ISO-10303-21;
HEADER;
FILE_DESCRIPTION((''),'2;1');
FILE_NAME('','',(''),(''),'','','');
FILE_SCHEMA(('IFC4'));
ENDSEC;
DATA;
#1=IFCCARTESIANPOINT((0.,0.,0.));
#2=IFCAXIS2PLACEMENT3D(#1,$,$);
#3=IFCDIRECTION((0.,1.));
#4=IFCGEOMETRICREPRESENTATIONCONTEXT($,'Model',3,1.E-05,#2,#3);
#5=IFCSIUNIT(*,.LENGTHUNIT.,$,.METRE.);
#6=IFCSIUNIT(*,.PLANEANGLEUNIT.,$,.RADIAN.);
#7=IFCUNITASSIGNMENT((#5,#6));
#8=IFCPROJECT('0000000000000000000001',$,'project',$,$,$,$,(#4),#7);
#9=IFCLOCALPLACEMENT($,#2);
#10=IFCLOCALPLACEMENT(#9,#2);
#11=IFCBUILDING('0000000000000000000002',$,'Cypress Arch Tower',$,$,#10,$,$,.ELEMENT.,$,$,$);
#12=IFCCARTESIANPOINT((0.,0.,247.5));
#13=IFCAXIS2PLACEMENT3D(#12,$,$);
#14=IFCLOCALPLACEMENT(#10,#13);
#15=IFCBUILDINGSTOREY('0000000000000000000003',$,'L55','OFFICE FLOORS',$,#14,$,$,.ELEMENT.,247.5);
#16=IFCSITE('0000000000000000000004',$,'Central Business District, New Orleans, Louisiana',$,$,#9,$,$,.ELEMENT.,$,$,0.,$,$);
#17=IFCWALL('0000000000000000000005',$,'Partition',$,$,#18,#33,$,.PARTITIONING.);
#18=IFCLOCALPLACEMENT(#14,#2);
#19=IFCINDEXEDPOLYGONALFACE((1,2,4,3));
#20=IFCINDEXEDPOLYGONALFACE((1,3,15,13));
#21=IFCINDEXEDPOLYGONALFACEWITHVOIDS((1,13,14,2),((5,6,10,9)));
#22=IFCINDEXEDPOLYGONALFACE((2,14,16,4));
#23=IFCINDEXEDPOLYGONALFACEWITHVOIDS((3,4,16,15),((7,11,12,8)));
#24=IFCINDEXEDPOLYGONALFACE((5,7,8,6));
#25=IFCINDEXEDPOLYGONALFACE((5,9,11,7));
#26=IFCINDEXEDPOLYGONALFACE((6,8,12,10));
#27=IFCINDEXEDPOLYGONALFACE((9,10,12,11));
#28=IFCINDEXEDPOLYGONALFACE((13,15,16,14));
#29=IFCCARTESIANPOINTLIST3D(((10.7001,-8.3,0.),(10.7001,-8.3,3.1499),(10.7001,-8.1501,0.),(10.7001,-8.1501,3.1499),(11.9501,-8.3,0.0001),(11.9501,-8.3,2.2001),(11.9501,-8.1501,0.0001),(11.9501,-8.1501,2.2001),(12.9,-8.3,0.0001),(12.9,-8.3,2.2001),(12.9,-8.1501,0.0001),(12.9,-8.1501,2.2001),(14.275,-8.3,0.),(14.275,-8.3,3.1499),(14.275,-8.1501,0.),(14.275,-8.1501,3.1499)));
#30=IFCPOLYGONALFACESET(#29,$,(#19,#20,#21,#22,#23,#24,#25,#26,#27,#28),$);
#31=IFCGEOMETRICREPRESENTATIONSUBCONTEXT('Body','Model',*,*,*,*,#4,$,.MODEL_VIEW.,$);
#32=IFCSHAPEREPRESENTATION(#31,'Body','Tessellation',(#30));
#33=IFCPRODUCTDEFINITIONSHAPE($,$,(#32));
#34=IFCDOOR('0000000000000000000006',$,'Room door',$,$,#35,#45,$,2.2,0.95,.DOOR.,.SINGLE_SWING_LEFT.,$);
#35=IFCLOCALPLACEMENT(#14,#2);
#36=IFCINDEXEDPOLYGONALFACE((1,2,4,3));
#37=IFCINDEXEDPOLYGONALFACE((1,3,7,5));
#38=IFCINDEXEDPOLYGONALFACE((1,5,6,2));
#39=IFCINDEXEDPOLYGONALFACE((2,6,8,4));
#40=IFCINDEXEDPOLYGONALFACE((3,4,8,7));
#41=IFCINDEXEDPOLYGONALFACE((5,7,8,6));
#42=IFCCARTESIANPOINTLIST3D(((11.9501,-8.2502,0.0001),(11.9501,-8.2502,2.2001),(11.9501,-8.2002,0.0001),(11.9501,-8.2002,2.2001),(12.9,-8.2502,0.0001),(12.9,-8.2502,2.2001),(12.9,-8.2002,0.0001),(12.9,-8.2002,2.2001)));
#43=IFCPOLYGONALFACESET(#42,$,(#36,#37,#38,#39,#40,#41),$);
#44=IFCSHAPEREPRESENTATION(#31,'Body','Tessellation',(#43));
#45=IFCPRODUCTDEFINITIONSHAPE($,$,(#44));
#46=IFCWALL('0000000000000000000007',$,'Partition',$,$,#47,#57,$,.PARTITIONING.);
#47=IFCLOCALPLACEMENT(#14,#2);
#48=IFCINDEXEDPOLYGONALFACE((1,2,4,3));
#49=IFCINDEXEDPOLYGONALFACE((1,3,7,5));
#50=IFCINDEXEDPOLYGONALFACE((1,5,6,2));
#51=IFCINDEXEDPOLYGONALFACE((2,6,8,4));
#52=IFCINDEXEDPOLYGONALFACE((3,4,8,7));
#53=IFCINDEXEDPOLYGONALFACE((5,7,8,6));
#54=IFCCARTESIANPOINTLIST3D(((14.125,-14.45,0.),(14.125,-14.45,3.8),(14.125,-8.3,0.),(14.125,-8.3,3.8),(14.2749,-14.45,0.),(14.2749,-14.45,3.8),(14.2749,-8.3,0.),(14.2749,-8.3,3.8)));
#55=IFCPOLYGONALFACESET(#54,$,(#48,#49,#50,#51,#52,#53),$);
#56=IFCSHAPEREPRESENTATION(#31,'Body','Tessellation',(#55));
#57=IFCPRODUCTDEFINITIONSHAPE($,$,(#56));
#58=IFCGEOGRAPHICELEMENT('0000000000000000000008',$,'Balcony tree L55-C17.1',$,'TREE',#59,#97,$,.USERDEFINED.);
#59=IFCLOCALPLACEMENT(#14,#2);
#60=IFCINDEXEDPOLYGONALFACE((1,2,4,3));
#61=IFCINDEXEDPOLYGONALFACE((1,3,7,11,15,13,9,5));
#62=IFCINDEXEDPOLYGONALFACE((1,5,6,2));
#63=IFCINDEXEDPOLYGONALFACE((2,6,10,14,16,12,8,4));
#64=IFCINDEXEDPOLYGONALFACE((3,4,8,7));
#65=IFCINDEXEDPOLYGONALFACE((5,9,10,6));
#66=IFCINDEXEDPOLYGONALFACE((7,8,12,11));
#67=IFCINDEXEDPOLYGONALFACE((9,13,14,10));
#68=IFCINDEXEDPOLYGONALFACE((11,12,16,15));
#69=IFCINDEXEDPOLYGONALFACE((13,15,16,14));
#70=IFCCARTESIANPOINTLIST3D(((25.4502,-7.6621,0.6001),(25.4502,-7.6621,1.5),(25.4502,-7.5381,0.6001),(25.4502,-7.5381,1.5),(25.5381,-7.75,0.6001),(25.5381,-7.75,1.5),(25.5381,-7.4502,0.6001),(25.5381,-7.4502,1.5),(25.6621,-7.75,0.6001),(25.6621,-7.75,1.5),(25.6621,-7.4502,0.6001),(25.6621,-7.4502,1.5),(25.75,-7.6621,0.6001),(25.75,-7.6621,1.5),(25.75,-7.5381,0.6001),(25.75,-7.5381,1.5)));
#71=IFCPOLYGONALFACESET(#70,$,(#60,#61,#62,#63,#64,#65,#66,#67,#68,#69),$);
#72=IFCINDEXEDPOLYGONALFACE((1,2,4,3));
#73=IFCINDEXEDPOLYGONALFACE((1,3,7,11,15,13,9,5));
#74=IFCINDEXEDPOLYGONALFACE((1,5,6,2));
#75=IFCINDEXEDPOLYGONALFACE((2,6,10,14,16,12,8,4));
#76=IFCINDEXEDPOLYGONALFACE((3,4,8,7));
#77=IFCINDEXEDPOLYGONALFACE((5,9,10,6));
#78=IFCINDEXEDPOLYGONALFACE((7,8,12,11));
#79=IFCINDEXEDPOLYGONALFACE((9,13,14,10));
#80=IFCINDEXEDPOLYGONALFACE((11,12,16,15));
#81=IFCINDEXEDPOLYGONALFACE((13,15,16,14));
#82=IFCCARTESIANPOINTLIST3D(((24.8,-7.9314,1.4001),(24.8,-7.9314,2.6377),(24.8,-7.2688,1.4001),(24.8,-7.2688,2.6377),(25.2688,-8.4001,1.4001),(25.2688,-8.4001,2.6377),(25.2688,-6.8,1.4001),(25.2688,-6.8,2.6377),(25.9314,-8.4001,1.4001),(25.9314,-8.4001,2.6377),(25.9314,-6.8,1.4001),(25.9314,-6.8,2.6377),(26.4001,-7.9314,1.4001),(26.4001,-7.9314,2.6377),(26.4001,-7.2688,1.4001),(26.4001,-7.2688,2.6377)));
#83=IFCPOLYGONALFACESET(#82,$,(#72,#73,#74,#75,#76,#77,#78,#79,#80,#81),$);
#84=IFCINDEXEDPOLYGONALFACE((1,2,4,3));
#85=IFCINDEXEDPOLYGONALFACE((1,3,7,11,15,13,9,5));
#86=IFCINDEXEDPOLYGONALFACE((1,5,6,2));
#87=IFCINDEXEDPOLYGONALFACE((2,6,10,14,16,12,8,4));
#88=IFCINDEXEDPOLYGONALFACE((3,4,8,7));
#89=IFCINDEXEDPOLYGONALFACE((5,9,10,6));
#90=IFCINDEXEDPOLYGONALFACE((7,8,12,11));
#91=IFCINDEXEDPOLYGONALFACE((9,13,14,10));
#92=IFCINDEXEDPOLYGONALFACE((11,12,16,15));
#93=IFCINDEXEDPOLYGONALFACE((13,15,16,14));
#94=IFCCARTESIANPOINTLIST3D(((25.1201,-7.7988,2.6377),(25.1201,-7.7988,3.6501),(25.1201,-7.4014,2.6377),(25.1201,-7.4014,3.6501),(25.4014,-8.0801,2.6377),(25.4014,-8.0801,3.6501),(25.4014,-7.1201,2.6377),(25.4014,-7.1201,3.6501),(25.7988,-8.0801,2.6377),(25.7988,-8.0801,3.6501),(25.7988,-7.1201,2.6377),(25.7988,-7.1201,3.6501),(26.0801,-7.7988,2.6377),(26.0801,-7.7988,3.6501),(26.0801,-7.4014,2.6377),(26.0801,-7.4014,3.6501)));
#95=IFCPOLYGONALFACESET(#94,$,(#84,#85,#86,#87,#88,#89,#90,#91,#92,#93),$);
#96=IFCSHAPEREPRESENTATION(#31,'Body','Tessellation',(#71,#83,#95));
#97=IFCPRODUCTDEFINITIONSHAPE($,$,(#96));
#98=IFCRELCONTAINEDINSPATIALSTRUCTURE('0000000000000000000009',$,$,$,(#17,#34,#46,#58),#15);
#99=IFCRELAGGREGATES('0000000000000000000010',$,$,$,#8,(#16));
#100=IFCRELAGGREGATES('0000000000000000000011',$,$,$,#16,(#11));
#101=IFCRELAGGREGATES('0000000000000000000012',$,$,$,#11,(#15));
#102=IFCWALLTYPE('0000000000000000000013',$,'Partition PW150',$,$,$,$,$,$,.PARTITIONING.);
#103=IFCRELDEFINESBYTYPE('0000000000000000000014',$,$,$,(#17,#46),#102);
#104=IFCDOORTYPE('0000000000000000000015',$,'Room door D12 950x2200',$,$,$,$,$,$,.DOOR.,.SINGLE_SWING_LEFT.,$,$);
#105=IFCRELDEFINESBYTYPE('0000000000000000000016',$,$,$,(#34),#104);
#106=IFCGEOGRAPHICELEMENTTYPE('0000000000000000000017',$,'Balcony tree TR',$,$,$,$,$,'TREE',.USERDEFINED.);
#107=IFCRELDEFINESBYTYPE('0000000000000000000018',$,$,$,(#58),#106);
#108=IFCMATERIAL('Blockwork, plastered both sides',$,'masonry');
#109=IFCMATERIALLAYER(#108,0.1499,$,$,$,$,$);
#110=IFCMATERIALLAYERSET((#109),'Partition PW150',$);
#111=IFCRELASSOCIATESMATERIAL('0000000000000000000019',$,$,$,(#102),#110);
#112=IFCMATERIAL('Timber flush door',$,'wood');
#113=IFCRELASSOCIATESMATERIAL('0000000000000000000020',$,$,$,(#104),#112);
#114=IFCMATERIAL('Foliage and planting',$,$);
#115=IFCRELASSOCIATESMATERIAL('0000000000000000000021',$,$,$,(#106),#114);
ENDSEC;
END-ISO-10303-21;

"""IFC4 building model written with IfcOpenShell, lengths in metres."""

from ifc_helpers import new_model, si_unit, direction, frame, frame_2d, origin, place, context, subcontext, project, spatial, polyline, rectangle, outline, extrude, material, layer, layer_set, type_object, element, fill, save


model = new_model("IFC4")

# Units and contexts
model_context = context("Model", 3, precision=1e-05, world=origin(), true_north=direction((0.0, 1.0)))
body_context = subcontext(model_context, "Body", "Model", "MODEL_VIEW")
ifc_project = project(units=[si_unit("LENGTHUNIT", "METRE"), si_unit("PLANEANGLEUNIT", "RADIAN")], contexts=[model_context])

# Site, building, storey
site_placement = place(None, origin())
site = spatial("IfcSite", under=ifc_project, at=site_placement, Name="Central Business District, New Orleans, Louisiana", CompositionType="ELEMENT", RefElevation=0.0)
building_placement = place(site_placement, origin())
building = spatial("IfcBuilding", under=site, at=building_placement, Name="Cypress Arch Tower", CompositionType="ELEMENT")
storey_placement = place(building_placement, frame((0.0, 0.0, 247.5)))
storey = spatial("IfcBuildingStorey", under=building, at=storey_placement, Name="L55", Description="OFFICE FLOORS", CompositionType="ELEMENT", Elevation=247.5)

# Shared definitions
ifc_material_1 = material(Name="Blockwork, plastered both sides", Category="masonry")
ifc_layer_1 = layer(ifc_material_1, 0.1499)
ifc_layer_set_1 = layer_set([ifc_layer_1], Name="Partition PW150")
wall_type_1 = type_object("IfcWallType", Name="Partition PW150", PredefinedType="PARTITIONING", material=ifc_layer_set_1)

# Wall, opening, door
wall_1_placement = place(storey_placement, frame((10.7, -8.2251, 0.0), z_axis=(0.0, 0.0, 1.0), x_axis=(1.0, 0.0, 0.0)))
wall_1 = element("IfcWall", 1, at=wall_1_placement, inside=storey, type_object=wall_type_1, Name="Partition", PredefinedType="PARTITIONING", context=body_context, shape_type="SweptSolid", body=[
    extrude(rectangle(XDim=3.575, YDim=0.1499, at=frame_2d((1.7876, 0.0))), origin(), (0.0, 0.0, 1.0), 3.1499),
])
opening_1_placement = place(wall_1_placement, frame((1.25, 0.0, 0.0)))
opening_1 = element("IfcOpeningElement", 2, at=opening_1_placement, cuts=wall_1, PredefinedType="OPENING", context=body_context, shape_type="SweptSolid", body=[
    extrude(rectangle(XDim=0.95, YDim=2.2, at=frame_2d((0.4751, 1.1001))), frame((0.0, 0.085, 0.0), z_axis=(0.0, -1.0, 0.0), x_axis=(1.0, 0.0, 0.0)), (0.0, 0.0, 1.0), 0.1699),
])
ifc_material_2 = material(Name="Timber flush door", Category="wood")
door_type = type_object("IfcDoorType", Name="Room door D12 950x2200", OperationType="SINGLE_SWING_LEFT", PredefinedType="DOOR", material=ifc_material_2)
door_placement = place(opening_1_placement, origin())
door = element("IfcDoor", 3, at=door_placement, inside=storey, type_object=door_type, Name="Room door", OperationType="SINGLE_SWING_LEFT", OverallHeight=2.2, OverallWidth=0.95, PredefinedType="DOOR", context=body_context, shape_type="SweptSolid", body=[
    extrude(rectangle(XDim=0.95, YDim=2.2, at=frame_2d((0.4751, 1.1001))), frame((0.0, 0.0249, 0.0), z_axis=(0.0, -1.0, 0.0), x_axis=(1.0, 0.0, 0.0)), (0.0, 0.0, 1.0), 0.05),
])
fill(opening_1, door)

# Wall
wall_2_placement = place(storey_placement, frame((14.2, -14.45, 0.0), z_axis=(0.0, 0.0, 1.0), x_axis=(0.0, 1.0, 0.0)))
element("IfcWall", 4, at=wall_2_placement, inside=storey, type_object=wall_type_1, Name="Partition", PredefinedType="PARTITIONING", context=body_context, shape_type="SweptSolid", body=[
    extrude(rectangle(XDim=6.1499, YDim=0.1499, at=frame_2d((3.075, 0.0))), origin(), (0.0, 0.0, 1.0), 3.8),
])

# Geographic element
ifc_material_3 = material(Name="Foliage and planting")
geographic_element_type = type_object("IfcGeographicElementType", Name="Balcony tree TR", ElementType="TREE", PredefinedType="USERDEFINED", material=ifc_material_3)
geographic_element_placement = place(storey_placement, frame((25.6001, -7.6001, 0.6001), z_axis=(0.0, 0.0, 1.0), x_axis=(1.0, 0.0, 0.0)))
element("IfcGeographicElement", 5, at=geographic_element_placement, inside=storey, type_object=geographic_element_type, Name="Balcony tree L55-C17.1", ObjectType="TREE", PredefinedType="USERDEFINED", context=body_context, shape_type="SweptSolid", body=[
    extrude(outline(polyline([(0.1499, 0.062), (0.062, 0.1499), (-0.062, 0.1499), (-0.1499, 0.062), (-0.1499, -0.062), (-0.062, -0.1499), (0.062, -0.1499), (0.1499, -0.062), (0.1499, 0.062)])), origin(), (0.0, 0.0, 1.0), 0.8999),
    extrude(outline(polyline([(0.8, 0.3313), (0.3313, 0.8), (-0.3313, 0.8), (-0.8, 0.3313), (-0.8, -0.3313), (-0.3313, -0.8), (0.3313, -0.8), (0.8, -0.3313), (0.8, 0.3313)])), frame((0.0, 0.0, 0.8)), (0.0, 0.0, 1.0), 1.2375),
    extrude(outline(polyline([(0.48, 0.1987), (0.1987, 0.48), (-0.1987, 0.48), (-0.48, 0.1987), (-0.48, -0.1987), (-0.1987, -0.48), (0.1987, -0.48), (0.48, -0.1987), (0.48, 0.1987)])), frame((0.0, 0.0, 2.0376)), (0.0, 0.0, 1.0), 1.0125),
])

save(model, "model.ifc")
